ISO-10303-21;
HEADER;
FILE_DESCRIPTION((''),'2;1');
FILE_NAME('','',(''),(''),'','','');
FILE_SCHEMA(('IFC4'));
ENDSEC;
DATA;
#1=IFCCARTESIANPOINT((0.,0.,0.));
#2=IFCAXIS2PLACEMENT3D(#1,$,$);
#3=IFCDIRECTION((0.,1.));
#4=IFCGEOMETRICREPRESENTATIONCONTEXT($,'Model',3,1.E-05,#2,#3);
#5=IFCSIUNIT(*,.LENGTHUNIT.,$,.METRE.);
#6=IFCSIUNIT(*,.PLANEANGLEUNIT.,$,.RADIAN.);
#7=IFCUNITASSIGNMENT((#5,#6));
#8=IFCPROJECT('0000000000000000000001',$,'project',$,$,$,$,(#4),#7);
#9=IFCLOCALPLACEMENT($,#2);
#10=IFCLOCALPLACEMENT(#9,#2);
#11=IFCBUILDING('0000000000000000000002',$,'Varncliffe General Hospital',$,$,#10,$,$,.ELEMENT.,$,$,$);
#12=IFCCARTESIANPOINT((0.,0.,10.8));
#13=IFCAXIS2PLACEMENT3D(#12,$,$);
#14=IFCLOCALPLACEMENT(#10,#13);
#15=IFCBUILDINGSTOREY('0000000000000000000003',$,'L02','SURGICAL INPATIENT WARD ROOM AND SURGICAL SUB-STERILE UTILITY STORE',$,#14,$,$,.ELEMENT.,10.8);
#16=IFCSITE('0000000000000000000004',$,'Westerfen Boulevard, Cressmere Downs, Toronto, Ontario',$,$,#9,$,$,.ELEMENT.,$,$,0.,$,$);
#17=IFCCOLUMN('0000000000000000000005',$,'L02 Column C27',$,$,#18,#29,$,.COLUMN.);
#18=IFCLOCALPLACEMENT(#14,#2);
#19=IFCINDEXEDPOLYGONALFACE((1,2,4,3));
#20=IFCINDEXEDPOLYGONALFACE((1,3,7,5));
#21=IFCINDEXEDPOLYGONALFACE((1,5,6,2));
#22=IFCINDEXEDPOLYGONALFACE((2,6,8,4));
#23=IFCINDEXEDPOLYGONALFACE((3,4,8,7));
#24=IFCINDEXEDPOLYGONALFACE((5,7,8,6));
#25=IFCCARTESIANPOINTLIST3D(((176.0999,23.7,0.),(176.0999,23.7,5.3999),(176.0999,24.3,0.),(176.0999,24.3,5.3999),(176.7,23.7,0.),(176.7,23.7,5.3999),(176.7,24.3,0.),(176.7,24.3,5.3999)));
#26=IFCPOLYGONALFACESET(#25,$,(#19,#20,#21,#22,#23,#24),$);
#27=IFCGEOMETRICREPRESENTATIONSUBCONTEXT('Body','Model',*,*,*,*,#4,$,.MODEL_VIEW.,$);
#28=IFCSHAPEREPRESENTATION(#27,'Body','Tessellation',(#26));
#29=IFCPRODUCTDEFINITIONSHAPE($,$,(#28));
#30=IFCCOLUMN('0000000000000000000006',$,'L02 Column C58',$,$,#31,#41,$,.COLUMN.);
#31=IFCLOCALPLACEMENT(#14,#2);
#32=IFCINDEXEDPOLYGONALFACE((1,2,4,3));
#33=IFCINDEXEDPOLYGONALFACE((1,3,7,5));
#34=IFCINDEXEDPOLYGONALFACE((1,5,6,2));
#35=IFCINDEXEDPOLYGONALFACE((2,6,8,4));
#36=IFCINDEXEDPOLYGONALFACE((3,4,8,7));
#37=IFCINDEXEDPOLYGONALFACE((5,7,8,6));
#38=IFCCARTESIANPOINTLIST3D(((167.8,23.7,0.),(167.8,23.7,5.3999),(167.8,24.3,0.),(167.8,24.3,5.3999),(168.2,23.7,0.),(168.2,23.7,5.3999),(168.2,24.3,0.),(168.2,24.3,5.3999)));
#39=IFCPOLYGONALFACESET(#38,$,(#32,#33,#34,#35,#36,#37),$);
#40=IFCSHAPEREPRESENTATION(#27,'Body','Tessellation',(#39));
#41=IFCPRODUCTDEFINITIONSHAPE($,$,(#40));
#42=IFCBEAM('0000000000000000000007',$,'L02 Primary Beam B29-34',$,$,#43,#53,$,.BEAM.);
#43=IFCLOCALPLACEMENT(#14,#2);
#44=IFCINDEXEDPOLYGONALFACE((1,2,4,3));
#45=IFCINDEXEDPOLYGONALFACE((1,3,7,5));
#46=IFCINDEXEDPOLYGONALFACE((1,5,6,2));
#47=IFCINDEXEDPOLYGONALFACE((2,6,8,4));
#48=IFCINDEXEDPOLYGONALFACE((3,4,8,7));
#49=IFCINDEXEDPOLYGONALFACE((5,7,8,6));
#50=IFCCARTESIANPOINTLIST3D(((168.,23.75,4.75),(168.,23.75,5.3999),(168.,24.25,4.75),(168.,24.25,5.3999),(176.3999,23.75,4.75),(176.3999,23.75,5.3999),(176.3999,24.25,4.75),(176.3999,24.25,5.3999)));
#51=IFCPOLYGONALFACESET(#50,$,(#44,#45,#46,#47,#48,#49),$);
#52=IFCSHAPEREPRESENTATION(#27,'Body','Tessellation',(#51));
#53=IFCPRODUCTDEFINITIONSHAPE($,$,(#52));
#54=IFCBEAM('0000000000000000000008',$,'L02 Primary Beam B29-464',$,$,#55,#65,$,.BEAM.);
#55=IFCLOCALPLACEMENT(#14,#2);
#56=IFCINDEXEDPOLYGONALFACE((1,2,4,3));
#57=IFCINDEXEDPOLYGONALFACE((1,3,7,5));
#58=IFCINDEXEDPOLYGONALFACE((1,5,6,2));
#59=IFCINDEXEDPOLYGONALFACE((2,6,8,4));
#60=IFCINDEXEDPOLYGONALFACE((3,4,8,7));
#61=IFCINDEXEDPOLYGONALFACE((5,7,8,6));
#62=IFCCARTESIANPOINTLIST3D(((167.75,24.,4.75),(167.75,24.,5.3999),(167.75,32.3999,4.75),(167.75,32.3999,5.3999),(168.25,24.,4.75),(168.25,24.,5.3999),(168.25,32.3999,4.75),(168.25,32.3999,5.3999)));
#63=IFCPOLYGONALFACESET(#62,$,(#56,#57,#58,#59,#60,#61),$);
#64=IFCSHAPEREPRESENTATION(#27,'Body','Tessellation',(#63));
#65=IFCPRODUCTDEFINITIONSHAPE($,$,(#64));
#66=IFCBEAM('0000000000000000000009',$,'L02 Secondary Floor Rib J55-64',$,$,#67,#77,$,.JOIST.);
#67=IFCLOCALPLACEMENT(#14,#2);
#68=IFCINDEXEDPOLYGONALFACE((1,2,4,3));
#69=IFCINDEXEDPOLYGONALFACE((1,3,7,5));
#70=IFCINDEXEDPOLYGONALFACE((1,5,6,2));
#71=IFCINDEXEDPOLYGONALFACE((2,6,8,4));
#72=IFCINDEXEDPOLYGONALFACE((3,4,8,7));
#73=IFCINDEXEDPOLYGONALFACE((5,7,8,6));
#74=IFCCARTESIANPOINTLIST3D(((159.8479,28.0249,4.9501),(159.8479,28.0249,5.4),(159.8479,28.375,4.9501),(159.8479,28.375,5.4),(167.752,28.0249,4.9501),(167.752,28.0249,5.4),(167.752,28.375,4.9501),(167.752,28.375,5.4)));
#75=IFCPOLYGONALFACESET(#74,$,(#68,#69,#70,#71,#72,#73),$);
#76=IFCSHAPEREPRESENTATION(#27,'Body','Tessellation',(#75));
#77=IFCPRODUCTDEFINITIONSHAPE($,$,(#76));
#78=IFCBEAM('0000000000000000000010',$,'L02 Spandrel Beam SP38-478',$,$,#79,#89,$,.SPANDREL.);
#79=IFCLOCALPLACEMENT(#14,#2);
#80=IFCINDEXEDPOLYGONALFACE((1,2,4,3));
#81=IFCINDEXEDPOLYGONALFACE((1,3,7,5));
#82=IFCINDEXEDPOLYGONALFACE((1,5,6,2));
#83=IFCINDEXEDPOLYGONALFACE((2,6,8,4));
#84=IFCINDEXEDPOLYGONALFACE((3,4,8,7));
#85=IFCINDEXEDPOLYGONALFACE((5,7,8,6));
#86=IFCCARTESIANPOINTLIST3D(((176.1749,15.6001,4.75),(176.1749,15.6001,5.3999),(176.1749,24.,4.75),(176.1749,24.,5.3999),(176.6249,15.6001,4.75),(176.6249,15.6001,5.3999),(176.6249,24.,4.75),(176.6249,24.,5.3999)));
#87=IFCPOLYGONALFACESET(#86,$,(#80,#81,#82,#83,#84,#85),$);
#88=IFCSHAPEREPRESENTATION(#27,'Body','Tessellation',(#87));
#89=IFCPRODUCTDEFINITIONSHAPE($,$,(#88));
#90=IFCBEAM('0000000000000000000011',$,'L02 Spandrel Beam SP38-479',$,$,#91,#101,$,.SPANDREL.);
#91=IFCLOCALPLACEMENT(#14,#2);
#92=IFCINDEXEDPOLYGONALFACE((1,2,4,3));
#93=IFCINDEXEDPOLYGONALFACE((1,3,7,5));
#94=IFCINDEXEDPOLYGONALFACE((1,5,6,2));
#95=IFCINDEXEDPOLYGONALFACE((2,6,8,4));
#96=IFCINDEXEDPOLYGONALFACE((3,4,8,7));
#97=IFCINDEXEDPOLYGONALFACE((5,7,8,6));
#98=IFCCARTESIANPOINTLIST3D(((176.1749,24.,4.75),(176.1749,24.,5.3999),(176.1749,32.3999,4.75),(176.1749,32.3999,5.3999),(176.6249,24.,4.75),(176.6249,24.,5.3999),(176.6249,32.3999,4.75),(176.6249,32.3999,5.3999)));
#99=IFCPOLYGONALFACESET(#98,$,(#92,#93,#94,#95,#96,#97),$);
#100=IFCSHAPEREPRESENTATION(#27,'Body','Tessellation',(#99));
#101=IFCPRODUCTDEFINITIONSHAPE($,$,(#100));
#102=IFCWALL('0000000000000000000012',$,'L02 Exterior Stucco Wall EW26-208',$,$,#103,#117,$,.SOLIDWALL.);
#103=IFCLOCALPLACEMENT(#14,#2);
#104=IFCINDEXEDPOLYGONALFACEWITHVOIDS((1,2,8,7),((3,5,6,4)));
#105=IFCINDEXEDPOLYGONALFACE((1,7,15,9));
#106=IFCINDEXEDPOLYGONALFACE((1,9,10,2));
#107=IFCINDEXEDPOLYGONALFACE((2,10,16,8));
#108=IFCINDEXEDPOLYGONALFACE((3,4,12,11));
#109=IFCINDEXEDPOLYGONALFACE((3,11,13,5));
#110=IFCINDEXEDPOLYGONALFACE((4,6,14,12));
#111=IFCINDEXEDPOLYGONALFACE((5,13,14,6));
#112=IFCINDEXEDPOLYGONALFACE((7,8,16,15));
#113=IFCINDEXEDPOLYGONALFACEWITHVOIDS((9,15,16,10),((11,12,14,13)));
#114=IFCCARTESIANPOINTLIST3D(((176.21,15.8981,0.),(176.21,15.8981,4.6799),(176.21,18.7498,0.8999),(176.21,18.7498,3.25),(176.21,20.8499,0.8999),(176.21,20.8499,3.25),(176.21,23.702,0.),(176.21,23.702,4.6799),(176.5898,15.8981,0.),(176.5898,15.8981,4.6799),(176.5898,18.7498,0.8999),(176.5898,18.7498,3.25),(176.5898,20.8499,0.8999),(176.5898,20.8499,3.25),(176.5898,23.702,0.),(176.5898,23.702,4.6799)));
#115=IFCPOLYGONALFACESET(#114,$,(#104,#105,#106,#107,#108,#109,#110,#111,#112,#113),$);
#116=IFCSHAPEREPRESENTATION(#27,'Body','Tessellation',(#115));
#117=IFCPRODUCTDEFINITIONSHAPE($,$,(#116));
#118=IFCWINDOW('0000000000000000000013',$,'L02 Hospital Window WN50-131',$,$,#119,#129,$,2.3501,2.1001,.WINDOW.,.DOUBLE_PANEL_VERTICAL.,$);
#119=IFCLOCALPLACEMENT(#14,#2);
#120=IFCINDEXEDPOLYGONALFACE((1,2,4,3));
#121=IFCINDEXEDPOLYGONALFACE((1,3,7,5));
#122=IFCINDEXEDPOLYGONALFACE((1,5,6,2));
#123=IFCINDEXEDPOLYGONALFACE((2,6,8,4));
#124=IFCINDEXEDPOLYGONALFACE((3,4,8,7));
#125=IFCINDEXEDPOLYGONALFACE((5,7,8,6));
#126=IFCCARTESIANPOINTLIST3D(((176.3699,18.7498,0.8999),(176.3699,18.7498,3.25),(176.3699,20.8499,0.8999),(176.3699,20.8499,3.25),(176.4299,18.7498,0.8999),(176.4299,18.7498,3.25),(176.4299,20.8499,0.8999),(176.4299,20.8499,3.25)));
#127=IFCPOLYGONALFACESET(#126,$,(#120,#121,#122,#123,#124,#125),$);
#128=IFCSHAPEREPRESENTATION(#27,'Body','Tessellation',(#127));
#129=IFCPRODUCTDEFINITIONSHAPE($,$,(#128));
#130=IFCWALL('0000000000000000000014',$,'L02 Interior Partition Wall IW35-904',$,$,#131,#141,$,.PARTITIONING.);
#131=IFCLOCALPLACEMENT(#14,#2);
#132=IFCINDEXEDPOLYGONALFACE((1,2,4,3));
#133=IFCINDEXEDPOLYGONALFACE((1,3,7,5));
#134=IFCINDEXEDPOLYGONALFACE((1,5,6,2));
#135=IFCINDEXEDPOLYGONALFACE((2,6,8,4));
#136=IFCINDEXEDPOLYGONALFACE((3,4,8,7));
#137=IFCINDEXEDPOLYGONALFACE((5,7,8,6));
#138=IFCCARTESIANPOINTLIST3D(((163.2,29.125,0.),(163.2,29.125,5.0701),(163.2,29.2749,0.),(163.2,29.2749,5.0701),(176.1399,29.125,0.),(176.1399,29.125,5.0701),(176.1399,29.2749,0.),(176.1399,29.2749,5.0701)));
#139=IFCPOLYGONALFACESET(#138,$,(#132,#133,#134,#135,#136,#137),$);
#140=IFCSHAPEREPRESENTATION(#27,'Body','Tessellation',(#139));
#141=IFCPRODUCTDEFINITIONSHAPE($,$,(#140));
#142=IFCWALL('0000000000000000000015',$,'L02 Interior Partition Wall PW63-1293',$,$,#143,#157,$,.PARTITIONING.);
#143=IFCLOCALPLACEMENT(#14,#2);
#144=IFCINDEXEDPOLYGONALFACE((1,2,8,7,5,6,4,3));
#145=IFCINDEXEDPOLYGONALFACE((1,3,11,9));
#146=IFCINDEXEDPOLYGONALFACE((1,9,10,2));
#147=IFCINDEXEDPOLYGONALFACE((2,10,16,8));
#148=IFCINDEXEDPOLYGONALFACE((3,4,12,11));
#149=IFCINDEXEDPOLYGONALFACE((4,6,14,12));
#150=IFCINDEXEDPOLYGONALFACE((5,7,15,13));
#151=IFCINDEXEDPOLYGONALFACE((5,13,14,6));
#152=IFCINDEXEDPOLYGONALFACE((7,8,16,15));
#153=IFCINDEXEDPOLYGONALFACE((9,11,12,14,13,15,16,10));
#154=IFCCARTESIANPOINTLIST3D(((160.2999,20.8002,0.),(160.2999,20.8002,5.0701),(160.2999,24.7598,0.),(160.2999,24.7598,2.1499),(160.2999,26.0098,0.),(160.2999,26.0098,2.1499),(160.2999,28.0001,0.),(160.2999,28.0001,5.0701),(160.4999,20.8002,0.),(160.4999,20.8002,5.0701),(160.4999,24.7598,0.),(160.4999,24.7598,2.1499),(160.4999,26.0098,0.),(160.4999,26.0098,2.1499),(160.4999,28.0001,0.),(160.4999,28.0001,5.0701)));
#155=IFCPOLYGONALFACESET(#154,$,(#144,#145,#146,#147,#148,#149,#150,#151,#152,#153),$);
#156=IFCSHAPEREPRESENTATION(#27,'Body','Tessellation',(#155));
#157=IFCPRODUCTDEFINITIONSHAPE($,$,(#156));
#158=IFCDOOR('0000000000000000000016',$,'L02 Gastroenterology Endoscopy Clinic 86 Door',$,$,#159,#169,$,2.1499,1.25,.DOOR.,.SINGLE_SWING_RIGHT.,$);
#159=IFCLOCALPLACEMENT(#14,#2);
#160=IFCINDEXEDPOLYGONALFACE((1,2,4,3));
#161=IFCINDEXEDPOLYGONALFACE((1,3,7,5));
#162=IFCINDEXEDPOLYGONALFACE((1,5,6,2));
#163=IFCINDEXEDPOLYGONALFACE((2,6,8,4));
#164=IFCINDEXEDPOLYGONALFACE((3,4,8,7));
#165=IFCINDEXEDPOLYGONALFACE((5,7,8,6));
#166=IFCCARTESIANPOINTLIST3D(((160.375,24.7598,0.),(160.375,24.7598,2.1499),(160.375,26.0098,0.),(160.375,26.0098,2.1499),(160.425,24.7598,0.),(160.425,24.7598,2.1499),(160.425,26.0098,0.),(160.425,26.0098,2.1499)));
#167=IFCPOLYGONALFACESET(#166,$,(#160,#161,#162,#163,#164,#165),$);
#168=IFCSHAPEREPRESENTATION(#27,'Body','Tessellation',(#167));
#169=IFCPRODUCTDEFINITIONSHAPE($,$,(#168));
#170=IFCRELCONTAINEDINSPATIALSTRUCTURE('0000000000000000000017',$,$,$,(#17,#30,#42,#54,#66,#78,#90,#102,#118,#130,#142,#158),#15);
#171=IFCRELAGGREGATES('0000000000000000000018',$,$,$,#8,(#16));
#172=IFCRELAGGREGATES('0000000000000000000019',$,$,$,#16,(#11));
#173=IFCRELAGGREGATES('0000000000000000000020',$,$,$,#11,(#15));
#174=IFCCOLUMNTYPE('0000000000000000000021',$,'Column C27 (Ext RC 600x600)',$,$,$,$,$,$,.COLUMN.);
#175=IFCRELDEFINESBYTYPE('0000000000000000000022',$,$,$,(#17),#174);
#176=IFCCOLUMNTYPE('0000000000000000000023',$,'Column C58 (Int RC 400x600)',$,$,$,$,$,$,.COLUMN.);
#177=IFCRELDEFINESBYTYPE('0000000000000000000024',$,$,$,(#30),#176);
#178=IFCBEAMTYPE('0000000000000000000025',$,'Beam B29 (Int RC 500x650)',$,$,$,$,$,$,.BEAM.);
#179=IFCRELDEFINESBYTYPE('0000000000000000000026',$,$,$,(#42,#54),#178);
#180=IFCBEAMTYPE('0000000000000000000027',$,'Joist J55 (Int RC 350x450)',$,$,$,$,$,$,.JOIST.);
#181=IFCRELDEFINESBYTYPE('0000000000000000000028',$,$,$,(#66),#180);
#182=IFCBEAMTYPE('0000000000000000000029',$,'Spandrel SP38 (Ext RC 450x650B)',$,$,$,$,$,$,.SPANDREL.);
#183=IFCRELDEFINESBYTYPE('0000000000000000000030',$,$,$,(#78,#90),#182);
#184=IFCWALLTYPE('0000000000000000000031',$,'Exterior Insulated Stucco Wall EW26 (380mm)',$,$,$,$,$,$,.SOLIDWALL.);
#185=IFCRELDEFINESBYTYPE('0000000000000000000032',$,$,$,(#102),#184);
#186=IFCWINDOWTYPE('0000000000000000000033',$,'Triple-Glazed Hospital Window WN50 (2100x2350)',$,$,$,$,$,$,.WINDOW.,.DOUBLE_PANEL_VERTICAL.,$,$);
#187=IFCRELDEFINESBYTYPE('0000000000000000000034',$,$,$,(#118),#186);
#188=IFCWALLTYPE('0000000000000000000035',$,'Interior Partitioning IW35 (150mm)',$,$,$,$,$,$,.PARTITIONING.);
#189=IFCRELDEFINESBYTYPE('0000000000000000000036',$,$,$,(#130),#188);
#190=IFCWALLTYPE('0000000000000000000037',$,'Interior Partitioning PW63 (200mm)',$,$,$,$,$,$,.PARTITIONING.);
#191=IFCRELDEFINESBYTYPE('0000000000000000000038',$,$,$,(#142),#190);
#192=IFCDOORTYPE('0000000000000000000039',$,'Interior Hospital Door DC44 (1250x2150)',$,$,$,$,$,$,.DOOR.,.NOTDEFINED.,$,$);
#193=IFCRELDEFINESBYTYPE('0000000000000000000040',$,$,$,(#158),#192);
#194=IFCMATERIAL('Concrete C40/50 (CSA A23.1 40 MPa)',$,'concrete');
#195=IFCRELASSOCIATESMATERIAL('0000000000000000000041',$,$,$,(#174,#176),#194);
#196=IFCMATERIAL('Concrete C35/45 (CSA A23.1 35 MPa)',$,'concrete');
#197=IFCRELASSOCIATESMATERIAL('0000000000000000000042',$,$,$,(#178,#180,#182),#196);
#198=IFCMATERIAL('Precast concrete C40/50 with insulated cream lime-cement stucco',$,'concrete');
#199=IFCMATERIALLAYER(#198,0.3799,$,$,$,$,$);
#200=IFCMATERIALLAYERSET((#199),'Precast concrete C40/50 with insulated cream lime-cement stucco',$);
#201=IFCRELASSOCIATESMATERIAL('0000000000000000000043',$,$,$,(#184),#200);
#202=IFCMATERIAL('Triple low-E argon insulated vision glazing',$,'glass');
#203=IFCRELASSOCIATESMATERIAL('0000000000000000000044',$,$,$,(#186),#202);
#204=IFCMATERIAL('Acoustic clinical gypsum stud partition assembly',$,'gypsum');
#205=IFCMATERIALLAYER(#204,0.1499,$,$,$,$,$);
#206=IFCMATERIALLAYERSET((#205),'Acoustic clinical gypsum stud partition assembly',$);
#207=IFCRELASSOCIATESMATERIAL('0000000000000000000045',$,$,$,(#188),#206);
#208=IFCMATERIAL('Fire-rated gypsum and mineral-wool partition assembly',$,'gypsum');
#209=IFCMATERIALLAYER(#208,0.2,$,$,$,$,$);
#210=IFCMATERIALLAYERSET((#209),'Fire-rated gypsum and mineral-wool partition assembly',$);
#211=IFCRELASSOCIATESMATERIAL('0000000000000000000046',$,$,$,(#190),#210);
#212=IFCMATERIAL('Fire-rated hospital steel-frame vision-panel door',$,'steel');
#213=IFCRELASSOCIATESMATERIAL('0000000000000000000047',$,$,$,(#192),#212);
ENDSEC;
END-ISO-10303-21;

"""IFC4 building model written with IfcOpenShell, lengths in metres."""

from ifc_helpers import new_model, si_unit, direction, frame, frame_2d, origin, origin_2d, place, context, subcontext, project, spatial, rectangle, extrude, material, layer, layer_set, material_profile, profile_set, type_object, element, fill, save


model = new_model("IFC4")

# Units and contexts
model_context = context("Model", 3, precision=1e-05, world=origin(), true_north=direction((0.0, 1.0)))
body_context = subcontext(model_context, "Body", "Model", "MODEL_VIEW")
ifc_project = project(units=[si_unit("LENGTHUNIT", "METRE"), si_unit("PLANEANGLEUNIT", "RADIAN")], contexts=[model_context])

# Site, building, storey
site_placement = place(None, origin())
site = spatial("IfcSite", under=ifc_project, at=site_placement, Name="Westerfen Boulevard, Cressmere Downs, Toronto, Ontario", CompositionType="ELEMENT", RefElevation=0.0)
building_placement = place(site_placement, origin())
building = spatial("IfcBuilding", under=site, at=building_placement, Name="Varncliffe General Hospital", CompositionType="ELEMENT")
storey_placement = place(building_placement, frame((0.0, 0.0, 10.8)))
storey = spatial("IfcBuildingStorey", under=building, at=storey_placement, Name="L02", Description="SURGICAL INPATIENT WARD ROOM AND SURGICAL SUB-STERILE UTILITY STORE", CompositionType="ELEMENT", Elevation=10.8)

# Columns
ifc_material_1 = material(Name="Concrete C40/50 (CSA A23.1 40 MPa)", Category="concrete")
ifc_material_profile_1 = material_profile(ifc_material_1, rectangle(XDim=0.6001, YDim=0.6001, at=origin_2d()), Name="RC 600x600")
ifc_profile_set_1 = profile_set([ifc_material_profile_1], Name="Concrete C40/50 (CSA A23.1 40 MPa)")
column_type_1 = type_object("IfcColumnType", Name="Column C27 (Ext RC 600x600)", PredefinedType="COLUMN", material=ifc_profile_set_1)
column_1_placement = place(storey_placement, frame((176.3999, 24.0, 0.0), z_axis=(0.0, 0.0, 1.0), x_axis=(1.0, 0.0, 0.0)))
element("IfcColumn", 1, at=column_1_placement, inside=storey, type_object=column_type_1, Name="L02 Column C27", PredefinedType="COLUMN", context=body_context, shape_type="SweptSolid", body=[
    extrude(rectangle(XDim=0.6001, YDim=0.6001, at=origin_2d()), origin(), (0.0, 0.0, 1.0), 5.3999),
])
ifc_material_profile_2 = material_profile(ifc_material_1, rectangle(XDim=0.3999, YDim=0.6001, at=origin_2d()), Name="RC 400x600")
ifc_profile_set_2 = profile_set([ifc_material_profile_2], Name="Concrete C40/50 (CSA A23.1 40 MPa)")
column_type_2 = type_object("IfcColumnType", Name="Column C58 (Int RC 400x600)", PredefinedType="COLUMN", material=ifc_profile_set_2)
column_2_placement = place(storey_placement, frame((168.0, 24.0, 0.0), z_axis=(0.0, 0.0, 1.0), x_axis=(1.0, 0.0, 0.0)))
element("IfcColumn", 2, at=column_2_placement, inside=storey, type_object=column_type_2, Name="L02 Column C58", PredefinedType="COLUMN", context=body_context, shape_type="SweptSolid", body=[
    extrude(rectangle(XDim=0.3999, YDim=0.6001, at=origin_2d()), origin(), (0.0, 0.0, 1.0), 5.3999),
])

# Beams
ifc_material_2 = material(Name="Concrete C35/45 (CSA A23.1 35 MPa)", Category="concrete")
ifc_material_profile_3 = material_profile(ifc_material_2, rectangle(XDim=0.5, YDim=0.6499, at=origin_2d()), Name="RC 500x650")
ifc_profile_set_3 = profile_set([ifc_material_profile_3], Name="Concrete C35/45 (CSA A23.1 35 MPa)")
beam_type_1 = type_object("IfcBeamType", Name="Beam B29 (Int RC 500x650)", PredefinedType="BEAM", material=ifc_profile_set_3)
for number, where, z_axis, x_axis, name in (
    (3, (168.0, 24.0, 5.075), (1.0, 0.0, 0.0), (0.0, 1.0, 0.0), "L02 Primary Beam B29-34"),
    (4, (168.0, 24.0, 5.075), (0.0, 1.0, 0.0), (-1.0, 0.0, 0.0), "L02 Primary Beam B29-464"),
):
    element("IfcBeam", number, at=place(storey_placement, frame(where, z_axis=z_axis, x_axis=x_axis)), inside=storey, type_object=beam_type_1, Name=name, PredefinedType="BEAM", context=body_context, shape_type="SweptSolid", body=[
        extrude(rectangle(XDim=0.5, YDim=0.6499, at=origin_2d()), origin(), (0.0, 0.0, 1.0), 8.3999),
    ])
ifc_material_profile_4 = material_profile(ifc_material_2, rectangle(XDim=0.3501, YDim=0.45, at=origin_2d()), Name="RC 350x450")
ifc_profile_set_4 = profile_set([ifc_material_profile_4], Name="Concrete C35/45 (CSA A23.1 35 MPa)")
beam_type_2 = type_object("IfcBeamType", Name="Joist J55 (Int RC 350x450)", PredefinedType="JOIST", material=ifc_profile_set_4)
beam_placement = place(storey_placement, frame((159.8479, 28.2, 5.175), z_axis=(1.0, 0.0, 0.0), x_axis=(0.0, 1.0, 0.0)))
element("IfcBeam", 5, at=beam_placement, inside=storey, type_object=beam_type_2, Name="L02 Secondary Floor Rib J55-64", PredefinedType="JOIST", context=body_context, shape_type="SweptSolid", body=[
    extrude(rectangle(XDim=0.3501, YDim=0.45, at=origin_2d()), origin(), (0.0, 0.0, 1.0), 7.9041),
])
ifc_material_profile_5 = material_profile(ifc_material_2, rectangle(XDim=0.45, YDim=0.6499, at=origin_2d()), Name="RC 450x650")
ifc_profile_set_5 = profile_set([ifc_material_profile_5], Name="Concrete C35/45 (CSA A23.1 35 MPa)")
beam_type_3 = type_object("IfcBeamType", Name="Spandrel SP38 (Ext RC 450x650B)", PredefinedType="SPANDREL", material=ifc_profile_set_5)
for number, where, z_axis, x_axis, name in (
    (6, (176.3999, 15.6001, 5.075), (0.0, 1.0, 0.0), (-1.0, 0.0, 0.0), "L02 Spandrel Beam SP38-478"),
    (7, (176.3999, 24.0, 5.075), (0.0, 1.0, 0.0), (-1.0, 0.0, 0.0), "L02 Spandrel Beam SP38-479"),
):
    element("IfcBeam", number, at=place(storey_placement, frame(where, z_axis=z_axis, x_axis=x_axis)), inside=storey, type_object=beam_type_3, Name=name, PredefinedType="SPANDREL", context=body_context, shape_type="SweptSolid", body=[
        extrude(rectangle(XDim=0.45, YDim=0.6499, at=origin_2d()), origin(), (0.0, 0.0, 1.0), 8.3999),
    ])

# Wall, opening, window
ifc_material_3 = material(Name="Precast concrete C40/50 with insulated cream lime-cement stucco", Category="concrete")
ifc_layer_1 = layer(ifc_material_3, 0.3799)
ifc_layer_set_1 = layer_set([ifc_layer_1], Name="Precast concrete C40/50 with insulated cream lime-cement stucco")
wall_type_1 = type_object("IfcWallType", Name="Exterior Insulated Stucco Wall EW26 (380mm)", PredefinedType="SOLIDWALL", material=ifc_layer_set_1)
wall_1_placement = place(storey_placement, frame((176.3999, 23.7019, 0.0), z_axis=(0.0, 0.0, 1.0), x_axis=(0.0, -1.0, 0.0)))
wall_1 = element("IfcWall", 8, at=wall_1_placement, inside=storey, type_object=wall_type_1, Name="L02 Exterior Stucco Wall EW26-208", PredefinedType="SOLIDWALL", context=body_context, shape_type="SweptSolid", body=[
    extrude(rectangle(XDim=7.804, YDim=0.3799, at=frame_2d((3.9019, 0.0))), origin(), (0.0, 0.0, 1.0), 4.6799),
])
opening_1_placement = place(wall_1_placement, frame((2.8521, 0.0, 0.8999)))
opening_1 = element("IfcOpeningElement", 9, at=opening_1_placement, cuts=wall_1, PredefinedType="OPENING", context=body_context, shape_type="SweptSolid", body=[
    extrude(rectangle(XDim=2.1001, YDim=2.3501, at=frame_2d((1.05, 1.175))), frame((0.0, 0.2, 0.0), z_axis=(0.0, -1.0, 0.0), x_axis=(1.0, 0.0, 0.0)), (0.0, 0.0, 1.0), 0.3999),
])
ifc_material_4 = material(Name="Triple low-E argon insulated vision glazing", Category="glass")
window_type = type_object("IfcWindowType", Name="Triple-Glazed Hospital Window WN50 (2100x2350)", PartitioningType="DOUBLE_PANEL_VERTICAL", PredefinedType="WINDOW", material=ifc_material_4)
window_placement = place(opening_1_placement, origin())
window = element("IfcWindow", 10, at=window_placement, inside=storey, type_object=window_type, Name="L02 Hospital Window WN50-131", OverallHeight=2.3501, OverallWidth=2.1001, PartitioningType="DOUBLE_PANEL_VERTICAL", PredefinedType="WINDOW", context=body_context, shape_type="SweptSolid", body=[
    extrude(rectangle(XDim=2.1001, YDim=2.3501, at=frame_2d((1.05, 1.175))), frame((0.0, 0.03, 0.0), z_axis=(0.0, -1.0, 0.0), x_axis=(1.0, 0.0, 0.0)), (0.0, 0.0, 1.0), 0.0601),
])
fill(opening_1, window)

# Wall
ifc_material_5 = material(Name="Acoustic clinical gypsum stud partition assembly", Category="gypsum")
ifc_layer_2 = layer(ifc_material_5, 0.1499)
ifc_layer_set_2 = layer_set([ifc_layer_2], Name="Acoustic clinical gypsum stud partition assembly")
wall_type_2 = type_object("IfcWallType", Name="Interior Partitioning IW35 (150mm)", PredefinedType="PARTITIONING", material=ifc_layer_set_2)
wall_2_placement = place(storey_placement, frame((163.2, 29.2, 0.0), z_axis=(0.0, 0.0, 1.0), x_axis=(1.0, 0.0, 0.0)))
element("IfcWall", 11, at=wall_2_placement, inside=storey, type_object=wall_type_2, Name="L02 Interior Partition Wall IW35-904", PredefinedType="PARTITIONING", context=body_context, shape_type="SweptSolid", body=[
    extrude(rectangle(XDim=12.9399, YDim=0.1499, at=frame_2d((6.47, 0.0))), origin(), (0.0, 0.0, 1.0), 5.0701),
])

# Wall, opening, door
ifc_material_6 = material(Name="Fire-rated gypsum and mineral-wool partition assembly", Category="gypsum")
ifc_layer_3 = layer(ifc_material_6, 0.2)
ifc_layer_set_3 = layer_set([ifc_layer_3], Name="Fire-rated gypsum and mineral-wool partition assembly")
wall_type_3 = type_object("IfcWallType", Name="Interior Partitioning PW63 (200mm)", PredefinedType="PARTITIONING", material=ifc_layer_set_3)
wall_3_placement = place(storey_placement, frame((160.3999, 20.8, 0.0), z_axis=(0.0, 0.0, 1.0), x_axis=(0.0, 1.0, 0.0)))
wall_3 = element("IfcWall", 12, at=wall_3_placement, inside=storey, type_object=wall_type_3, Name="L02 Interior Partition Wall PW63-1293", PredefinedType="PARTITIONING", context=body_context, shape_type="SweptSolid", body=[
    extrude(rectangle(XDim=7.2, YDim=0.2, at=frame_2d((3.6001, 0.0))), origin(), (0.0, 0.0, 1.0), 5.0701),
])
opening_2_placement = place(wall_3_placement, frame((3.9597, 0.0, 0.0)))
opening_2 = element("IfcOpeningElement", 13, at=opening_2_placement, cuts=wall_3, PredefinedType="OPENING", context=body_context, shape_type="SweptSolid", body=[
    extrude(rectangle(XDim=1.25, YDim=2.1499, at=frame_2d((0.625, 1.075))), frame((0.0, 0.1099, 0.0), z_axis=(0.0, -1.0, 0.0), x_axis=(1.0, 0.0, 0.0)), (0.0, 0.0, 1.0), 0.22),
])
ifc_material_7 = material(Name="Fire-rated hospital steel-frame vision-panel door", Category="steel")
door_type_1 = type_object("IfcDoorType", Name="Interior Hospital Door DC44 (1250x2150)", OperationType="NOTDEFINED", PredefinedType="DOOR", material=ifc_material_7)
door_1_placement = place(opening_2_placement, origin())
door_1 = element("IfcDoor", 14, at=door_1_placement, inside=storey, type_object=door_type_1, Name="L02 Gastroenterology Endoscopy Clinic 86 Door", OperationType="SINGLE_SWING_RIGHT", OverallHeight=2.1499, OverallWidth=1.25, PredefinedType="DOOR", context=body_context, shape_type="SweptSolid", body=[
    extrude(rectangle(XDim=1.25, YDim=2.1499, at=frame_2d((0.625, 1.075))), frame((0.0, 0.0249, 0.0), z_axis=(0.0, -1.0, 0.0), x_axis=(1.0, 0.0, 0.0)), (0.0, 0.0, 1.0), 0.05),
])
fill(opening_2, door_1)

save(model, "model.ifc")
